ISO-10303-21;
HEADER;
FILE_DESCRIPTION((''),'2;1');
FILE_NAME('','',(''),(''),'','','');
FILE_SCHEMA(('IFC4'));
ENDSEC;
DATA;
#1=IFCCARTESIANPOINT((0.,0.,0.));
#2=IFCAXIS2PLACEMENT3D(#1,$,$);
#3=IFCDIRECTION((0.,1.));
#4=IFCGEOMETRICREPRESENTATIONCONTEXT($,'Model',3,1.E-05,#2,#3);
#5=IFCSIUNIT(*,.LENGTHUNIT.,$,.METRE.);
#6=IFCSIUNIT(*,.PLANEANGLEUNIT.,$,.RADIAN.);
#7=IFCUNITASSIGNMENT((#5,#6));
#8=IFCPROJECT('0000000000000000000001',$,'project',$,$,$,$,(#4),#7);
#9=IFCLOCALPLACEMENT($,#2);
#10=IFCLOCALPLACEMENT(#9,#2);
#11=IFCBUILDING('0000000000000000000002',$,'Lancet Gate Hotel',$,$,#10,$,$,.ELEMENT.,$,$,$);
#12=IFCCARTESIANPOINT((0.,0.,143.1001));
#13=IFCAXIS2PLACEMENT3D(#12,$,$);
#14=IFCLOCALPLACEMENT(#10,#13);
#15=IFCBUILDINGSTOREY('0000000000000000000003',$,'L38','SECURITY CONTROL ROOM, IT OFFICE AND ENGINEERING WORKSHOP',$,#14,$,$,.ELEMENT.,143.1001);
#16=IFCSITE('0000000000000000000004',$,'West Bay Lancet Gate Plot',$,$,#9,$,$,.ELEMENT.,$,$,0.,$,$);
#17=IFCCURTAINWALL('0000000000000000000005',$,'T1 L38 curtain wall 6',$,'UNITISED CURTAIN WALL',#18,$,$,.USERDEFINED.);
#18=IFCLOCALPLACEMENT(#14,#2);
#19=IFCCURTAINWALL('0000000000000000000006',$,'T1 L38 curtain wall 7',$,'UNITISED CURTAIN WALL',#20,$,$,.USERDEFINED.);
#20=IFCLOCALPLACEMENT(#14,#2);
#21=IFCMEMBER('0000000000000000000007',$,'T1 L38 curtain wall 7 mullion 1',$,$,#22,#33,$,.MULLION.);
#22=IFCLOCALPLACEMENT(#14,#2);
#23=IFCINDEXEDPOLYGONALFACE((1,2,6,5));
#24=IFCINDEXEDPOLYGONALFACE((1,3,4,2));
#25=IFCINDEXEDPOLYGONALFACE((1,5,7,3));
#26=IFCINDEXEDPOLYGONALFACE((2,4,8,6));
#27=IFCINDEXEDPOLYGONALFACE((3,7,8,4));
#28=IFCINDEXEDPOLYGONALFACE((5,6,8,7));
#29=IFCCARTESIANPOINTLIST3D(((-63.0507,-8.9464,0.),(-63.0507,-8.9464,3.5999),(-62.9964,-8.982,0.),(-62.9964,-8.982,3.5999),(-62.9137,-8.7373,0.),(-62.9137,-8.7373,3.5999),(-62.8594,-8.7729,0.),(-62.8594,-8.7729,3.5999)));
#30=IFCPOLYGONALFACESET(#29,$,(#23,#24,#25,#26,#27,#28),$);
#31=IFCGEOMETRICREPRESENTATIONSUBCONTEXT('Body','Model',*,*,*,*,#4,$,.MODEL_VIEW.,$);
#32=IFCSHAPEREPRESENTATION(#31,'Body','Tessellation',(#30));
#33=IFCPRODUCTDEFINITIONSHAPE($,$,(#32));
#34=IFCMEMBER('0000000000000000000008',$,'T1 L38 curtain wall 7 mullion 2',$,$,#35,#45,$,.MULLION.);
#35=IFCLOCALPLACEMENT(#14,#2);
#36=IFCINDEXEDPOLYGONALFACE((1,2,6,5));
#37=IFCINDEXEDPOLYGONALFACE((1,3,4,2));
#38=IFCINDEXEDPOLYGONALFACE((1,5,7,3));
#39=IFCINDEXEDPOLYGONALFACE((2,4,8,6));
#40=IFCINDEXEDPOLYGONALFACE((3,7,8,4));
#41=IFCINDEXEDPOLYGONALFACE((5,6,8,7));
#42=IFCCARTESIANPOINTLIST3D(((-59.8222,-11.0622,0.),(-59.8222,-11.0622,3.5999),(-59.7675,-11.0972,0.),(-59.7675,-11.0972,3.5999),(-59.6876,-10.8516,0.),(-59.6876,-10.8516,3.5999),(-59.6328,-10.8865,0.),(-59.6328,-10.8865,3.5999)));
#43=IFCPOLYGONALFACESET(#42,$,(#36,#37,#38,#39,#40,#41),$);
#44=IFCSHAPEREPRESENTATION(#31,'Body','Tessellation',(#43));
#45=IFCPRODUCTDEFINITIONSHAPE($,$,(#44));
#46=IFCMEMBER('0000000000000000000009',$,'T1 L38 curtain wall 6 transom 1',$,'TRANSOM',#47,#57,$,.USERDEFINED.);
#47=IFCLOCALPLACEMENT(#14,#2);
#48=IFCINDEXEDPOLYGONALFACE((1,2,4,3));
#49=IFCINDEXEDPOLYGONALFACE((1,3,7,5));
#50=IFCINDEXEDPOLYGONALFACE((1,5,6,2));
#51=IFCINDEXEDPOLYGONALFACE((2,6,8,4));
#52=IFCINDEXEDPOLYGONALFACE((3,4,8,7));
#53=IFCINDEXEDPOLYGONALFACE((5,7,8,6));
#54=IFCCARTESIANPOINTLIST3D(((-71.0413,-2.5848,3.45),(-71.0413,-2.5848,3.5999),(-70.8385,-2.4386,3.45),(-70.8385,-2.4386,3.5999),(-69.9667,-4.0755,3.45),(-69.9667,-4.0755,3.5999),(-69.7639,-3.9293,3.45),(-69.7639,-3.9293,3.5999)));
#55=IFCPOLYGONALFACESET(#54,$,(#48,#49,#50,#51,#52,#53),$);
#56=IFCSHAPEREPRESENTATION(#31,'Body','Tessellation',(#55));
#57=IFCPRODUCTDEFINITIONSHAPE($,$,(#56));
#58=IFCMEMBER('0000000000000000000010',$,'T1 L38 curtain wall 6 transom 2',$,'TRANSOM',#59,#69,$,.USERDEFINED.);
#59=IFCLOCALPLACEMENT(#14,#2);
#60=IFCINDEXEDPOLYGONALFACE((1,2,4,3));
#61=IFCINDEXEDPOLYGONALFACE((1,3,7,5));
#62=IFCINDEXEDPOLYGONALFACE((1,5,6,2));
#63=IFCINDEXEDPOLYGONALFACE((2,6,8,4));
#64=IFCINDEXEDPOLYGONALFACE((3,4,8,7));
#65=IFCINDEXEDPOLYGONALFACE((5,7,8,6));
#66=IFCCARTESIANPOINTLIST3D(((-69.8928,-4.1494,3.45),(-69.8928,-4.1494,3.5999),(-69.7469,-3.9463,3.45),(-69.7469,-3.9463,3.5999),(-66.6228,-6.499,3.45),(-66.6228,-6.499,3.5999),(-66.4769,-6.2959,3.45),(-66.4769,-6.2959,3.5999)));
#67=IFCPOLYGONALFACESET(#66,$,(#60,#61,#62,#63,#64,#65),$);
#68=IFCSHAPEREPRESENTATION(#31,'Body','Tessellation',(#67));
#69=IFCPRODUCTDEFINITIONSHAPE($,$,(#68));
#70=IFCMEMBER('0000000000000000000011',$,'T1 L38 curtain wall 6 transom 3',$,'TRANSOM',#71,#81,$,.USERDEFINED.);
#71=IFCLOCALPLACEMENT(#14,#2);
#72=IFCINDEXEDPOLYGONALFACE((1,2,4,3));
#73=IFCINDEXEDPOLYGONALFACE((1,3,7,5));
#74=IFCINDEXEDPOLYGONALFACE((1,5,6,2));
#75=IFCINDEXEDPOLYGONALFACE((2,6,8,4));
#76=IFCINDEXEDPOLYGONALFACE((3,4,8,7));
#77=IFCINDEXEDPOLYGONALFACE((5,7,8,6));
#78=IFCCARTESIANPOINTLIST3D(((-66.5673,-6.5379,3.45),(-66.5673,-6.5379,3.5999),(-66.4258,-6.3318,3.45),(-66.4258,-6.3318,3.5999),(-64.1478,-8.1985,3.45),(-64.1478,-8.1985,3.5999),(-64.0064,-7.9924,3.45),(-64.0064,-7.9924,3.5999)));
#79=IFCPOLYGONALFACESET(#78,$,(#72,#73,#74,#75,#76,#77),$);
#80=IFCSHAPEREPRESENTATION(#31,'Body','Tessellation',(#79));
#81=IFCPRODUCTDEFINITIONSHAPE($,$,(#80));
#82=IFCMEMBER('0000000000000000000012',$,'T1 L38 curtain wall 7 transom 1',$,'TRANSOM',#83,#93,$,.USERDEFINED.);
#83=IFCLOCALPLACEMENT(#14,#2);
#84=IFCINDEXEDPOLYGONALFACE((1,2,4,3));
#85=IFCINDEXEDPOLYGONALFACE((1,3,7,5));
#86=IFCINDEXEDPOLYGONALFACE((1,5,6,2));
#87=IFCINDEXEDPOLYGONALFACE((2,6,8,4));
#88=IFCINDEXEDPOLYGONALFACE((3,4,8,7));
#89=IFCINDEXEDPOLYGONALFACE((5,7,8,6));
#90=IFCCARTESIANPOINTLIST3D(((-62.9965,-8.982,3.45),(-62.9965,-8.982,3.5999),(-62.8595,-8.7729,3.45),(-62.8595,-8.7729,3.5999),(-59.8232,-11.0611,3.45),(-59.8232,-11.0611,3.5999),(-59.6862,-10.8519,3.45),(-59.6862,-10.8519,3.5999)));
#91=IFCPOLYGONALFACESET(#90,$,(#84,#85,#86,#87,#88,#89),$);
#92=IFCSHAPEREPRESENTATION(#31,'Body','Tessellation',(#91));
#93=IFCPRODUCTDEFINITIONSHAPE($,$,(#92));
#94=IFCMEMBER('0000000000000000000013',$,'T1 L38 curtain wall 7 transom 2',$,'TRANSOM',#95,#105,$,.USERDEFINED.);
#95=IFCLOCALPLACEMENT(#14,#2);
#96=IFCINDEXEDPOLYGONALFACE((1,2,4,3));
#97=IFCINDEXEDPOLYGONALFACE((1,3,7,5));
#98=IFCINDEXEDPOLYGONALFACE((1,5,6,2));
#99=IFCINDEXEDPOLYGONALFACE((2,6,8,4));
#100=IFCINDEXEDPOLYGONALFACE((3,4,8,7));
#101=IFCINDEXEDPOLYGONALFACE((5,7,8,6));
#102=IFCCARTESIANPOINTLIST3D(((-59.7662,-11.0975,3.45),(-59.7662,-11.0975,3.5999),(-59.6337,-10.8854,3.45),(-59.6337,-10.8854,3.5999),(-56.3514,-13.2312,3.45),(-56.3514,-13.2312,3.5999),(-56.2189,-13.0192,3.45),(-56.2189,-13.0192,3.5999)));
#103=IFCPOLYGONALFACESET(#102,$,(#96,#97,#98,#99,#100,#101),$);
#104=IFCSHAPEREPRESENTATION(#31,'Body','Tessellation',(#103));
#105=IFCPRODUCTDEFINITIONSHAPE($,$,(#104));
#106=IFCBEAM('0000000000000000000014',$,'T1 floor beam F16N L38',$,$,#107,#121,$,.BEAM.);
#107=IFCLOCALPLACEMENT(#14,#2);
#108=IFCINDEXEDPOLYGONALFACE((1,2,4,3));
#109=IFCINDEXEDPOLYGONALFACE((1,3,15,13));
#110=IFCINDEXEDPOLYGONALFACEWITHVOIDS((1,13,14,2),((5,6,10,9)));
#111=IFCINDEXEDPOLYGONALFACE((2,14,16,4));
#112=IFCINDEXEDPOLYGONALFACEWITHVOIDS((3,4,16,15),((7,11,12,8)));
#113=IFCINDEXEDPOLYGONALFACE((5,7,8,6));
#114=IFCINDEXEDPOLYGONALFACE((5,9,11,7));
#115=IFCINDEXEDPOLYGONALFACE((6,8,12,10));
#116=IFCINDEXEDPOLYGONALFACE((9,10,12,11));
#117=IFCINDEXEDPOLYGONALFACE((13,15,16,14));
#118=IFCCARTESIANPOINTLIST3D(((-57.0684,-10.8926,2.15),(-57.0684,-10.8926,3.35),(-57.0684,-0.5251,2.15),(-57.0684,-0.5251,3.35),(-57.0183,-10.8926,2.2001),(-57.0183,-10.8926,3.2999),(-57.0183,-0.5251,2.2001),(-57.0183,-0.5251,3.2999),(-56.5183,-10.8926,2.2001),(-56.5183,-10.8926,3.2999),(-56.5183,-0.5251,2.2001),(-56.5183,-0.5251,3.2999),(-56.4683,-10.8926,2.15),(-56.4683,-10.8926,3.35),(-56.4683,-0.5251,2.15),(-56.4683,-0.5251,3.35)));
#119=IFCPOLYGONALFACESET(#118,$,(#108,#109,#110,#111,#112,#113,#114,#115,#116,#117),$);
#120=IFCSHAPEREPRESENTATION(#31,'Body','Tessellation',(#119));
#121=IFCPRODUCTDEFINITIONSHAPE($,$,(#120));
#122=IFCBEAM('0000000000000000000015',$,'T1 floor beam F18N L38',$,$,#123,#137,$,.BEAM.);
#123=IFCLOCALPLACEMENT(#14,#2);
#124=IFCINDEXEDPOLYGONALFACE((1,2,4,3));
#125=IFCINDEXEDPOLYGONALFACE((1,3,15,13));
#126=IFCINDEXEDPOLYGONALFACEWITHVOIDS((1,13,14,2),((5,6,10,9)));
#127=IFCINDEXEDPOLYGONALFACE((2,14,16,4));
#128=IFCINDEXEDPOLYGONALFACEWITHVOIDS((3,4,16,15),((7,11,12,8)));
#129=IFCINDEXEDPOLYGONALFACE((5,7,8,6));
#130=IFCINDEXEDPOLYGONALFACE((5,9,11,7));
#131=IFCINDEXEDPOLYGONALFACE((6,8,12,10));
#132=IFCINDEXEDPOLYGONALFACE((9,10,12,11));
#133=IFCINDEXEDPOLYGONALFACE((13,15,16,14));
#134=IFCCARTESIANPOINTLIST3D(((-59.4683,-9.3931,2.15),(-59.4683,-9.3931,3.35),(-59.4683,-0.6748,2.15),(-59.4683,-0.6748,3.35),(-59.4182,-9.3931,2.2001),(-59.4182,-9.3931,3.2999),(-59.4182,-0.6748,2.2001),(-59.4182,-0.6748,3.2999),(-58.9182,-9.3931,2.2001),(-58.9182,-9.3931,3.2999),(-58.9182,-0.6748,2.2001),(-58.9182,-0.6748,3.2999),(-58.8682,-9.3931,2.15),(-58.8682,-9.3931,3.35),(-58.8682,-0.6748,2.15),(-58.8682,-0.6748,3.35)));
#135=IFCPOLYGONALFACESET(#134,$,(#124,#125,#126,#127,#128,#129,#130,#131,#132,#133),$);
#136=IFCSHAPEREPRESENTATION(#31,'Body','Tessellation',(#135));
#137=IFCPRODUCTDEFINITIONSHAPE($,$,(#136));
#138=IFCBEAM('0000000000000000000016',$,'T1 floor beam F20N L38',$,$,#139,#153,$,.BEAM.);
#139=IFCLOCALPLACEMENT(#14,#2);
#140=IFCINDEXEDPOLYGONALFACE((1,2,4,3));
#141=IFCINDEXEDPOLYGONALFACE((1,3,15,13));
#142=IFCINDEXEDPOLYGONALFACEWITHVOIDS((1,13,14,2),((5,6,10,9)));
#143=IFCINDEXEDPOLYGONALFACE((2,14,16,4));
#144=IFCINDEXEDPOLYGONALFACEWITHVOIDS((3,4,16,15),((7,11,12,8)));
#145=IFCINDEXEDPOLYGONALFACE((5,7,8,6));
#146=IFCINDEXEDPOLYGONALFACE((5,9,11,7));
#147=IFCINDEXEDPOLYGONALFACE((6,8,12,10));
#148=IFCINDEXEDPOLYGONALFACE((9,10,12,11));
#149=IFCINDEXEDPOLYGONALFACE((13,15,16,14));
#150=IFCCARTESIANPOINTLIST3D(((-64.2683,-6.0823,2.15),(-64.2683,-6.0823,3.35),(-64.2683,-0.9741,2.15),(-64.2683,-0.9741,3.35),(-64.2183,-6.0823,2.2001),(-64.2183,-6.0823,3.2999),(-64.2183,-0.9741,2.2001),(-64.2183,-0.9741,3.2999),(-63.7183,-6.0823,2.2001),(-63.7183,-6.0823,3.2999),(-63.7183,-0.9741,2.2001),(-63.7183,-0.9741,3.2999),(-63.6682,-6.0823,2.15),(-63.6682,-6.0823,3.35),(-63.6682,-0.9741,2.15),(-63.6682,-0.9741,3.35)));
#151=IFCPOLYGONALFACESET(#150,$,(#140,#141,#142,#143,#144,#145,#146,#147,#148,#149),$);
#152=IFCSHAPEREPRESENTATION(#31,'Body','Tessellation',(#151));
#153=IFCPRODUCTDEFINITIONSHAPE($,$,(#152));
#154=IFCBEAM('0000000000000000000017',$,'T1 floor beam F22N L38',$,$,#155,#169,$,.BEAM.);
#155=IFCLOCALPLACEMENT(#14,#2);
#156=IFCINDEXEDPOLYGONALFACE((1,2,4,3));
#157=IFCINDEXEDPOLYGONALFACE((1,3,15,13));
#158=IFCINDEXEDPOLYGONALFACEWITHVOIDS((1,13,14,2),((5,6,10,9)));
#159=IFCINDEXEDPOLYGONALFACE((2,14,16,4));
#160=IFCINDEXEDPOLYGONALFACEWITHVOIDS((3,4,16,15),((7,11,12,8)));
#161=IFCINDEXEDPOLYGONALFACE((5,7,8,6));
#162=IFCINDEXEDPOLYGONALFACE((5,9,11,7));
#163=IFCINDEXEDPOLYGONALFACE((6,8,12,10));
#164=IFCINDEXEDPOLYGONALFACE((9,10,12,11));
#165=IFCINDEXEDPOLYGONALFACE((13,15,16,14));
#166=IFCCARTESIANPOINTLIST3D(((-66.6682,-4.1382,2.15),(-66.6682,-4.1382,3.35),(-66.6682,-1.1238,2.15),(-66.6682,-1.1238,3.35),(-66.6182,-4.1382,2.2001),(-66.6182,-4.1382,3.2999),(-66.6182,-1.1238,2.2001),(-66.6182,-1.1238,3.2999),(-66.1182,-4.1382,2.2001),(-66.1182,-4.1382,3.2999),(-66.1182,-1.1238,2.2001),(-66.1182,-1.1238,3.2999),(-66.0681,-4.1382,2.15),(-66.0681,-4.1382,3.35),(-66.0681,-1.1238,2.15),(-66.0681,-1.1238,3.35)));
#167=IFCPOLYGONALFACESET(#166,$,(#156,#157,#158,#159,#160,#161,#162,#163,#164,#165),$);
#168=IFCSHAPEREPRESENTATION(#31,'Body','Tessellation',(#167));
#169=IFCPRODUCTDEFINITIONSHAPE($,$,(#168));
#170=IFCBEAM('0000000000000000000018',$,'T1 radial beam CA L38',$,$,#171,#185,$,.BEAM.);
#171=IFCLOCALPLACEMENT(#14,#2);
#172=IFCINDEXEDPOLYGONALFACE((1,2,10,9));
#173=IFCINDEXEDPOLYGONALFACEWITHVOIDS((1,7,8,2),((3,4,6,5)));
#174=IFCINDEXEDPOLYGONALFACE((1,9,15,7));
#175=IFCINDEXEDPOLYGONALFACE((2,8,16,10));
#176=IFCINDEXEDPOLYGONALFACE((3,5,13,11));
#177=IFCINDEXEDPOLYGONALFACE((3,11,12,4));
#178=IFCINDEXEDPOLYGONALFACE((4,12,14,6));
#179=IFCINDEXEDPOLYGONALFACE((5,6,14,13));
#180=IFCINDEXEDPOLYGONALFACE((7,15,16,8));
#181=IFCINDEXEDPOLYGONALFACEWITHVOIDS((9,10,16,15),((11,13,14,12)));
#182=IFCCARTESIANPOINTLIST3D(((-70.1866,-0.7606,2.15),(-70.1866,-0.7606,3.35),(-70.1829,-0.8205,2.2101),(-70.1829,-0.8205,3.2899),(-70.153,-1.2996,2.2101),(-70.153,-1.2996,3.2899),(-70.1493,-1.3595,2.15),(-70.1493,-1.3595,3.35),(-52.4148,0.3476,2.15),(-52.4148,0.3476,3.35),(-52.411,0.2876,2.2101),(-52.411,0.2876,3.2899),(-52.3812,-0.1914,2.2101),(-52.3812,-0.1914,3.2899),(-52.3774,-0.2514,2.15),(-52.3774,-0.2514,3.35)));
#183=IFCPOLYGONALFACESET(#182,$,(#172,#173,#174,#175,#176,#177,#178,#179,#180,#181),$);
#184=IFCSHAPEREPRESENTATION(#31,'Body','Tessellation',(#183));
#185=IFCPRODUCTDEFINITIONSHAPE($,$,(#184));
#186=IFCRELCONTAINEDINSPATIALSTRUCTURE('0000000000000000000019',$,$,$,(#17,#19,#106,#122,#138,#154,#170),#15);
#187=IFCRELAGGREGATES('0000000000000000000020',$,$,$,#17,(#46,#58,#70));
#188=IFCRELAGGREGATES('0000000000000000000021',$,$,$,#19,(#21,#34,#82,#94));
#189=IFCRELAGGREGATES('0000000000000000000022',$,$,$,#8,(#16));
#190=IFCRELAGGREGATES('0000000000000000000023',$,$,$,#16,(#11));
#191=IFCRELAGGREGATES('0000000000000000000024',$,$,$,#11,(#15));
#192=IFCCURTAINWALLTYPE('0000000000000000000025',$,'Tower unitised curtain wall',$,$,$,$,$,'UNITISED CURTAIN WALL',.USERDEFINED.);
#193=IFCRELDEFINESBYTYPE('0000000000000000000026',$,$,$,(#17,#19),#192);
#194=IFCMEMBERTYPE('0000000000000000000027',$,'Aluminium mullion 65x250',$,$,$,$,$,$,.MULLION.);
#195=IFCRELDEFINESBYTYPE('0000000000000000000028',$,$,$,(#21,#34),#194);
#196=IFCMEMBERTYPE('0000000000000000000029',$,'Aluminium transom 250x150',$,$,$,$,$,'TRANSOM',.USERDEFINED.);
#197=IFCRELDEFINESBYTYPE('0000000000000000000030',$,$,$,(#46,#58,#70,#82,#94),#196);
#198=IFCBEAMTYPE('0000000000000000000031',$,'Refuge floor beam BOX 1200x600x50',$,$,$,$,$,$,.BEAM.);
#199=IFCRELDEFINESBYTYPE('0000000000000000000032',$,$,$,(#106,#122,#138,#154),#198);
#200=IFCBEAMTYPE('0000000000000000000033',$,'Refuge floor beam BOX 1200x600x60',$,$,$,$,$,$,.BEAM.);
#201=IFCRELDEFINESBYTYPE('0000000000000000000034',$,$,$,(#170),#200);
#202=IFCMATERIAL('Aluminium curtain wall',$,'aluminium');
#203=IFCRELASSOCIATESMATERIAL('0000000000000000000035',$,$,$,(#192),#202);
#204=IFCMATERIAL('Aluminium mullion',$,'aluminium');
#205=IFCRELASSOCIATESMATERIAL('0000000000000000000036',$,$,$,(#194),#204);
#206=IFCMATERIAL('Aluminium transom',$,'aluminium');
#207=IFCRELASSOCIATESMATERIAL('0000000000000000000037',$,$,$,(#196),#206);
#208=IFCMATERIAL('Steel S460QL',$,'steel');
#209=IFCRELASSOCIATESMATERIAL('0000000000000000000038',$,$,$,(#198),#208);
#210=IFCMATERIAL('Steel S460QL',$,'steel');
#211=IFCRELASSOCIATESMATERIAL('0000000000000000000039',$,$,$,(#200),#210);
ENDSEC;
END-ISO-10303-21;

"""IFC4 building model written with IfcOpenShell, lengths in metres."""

from ifc_helpers import new_model, si_unit, direction, frame, origin, origin_2d, place, context, subcontext, project, spatial, rectangle, hollow_rectangle, extrude, material, material_profile, profile_set, type_object, element, aggregate, save


model = new_model("IFC4")

# Units and contexts
model_context = context("Model", 3, precision=1e-05, world=origin(), true_north=direction((0.0, 1.0)))
body_context = subcontext(model_context, "Body", "Model", "MODEL_VIEW")
ifc_project = project(units=[si_unit("LENGTHUNIT", "METRE"), si_unit("PLANEANGLEUNIT", "RADIAN")], contexts=[model_context])

# Site, building, storey
site_placement = place(None, origin())
site = spatial("IfcSite", under=ifc_project, at=site_placement, Name="West Bay Lancet Gate Plot", CompositionType="ELEMENT", RefElevation=0.0)
building_placement = place(site_placement, origin())
building = spatial("IfcBuilding", under=site, at=building_placement, Name="Lancet Gate Hotel", CompositionType="ELEMENT")
storey_placement = place(building_placement, frame((0.0, 0.0, 143.1001)))
storey = spatial("IfcBuildingStorey", under=building, at=storey_placement, Name="L38", Description="SECURITY CONTROL ROOM, IT OFFICE AND ENGINEERING WORKSHOP", CompositionType="ELEMENT", Elevation=143.1001)

# Shared definitions
ifc_material_1 = material(Name="Aluminium curtain wall", Category="aluminium")
curtain_wall_type = type_object("IfcCurtainWallType", Name="Tower unitised curtain wall", ElementType="UNITISED CURTAIN WALL", PredefinedType="USERDEFINED", material=ifc_material_1)
ifc_material_2 = material(Name="Aluminium mullion", Category="aluminium")
ifc_material_profile_1 = material_profile(ifc_material_2, rectangle(XDim=0.0649, YDim=0.25, at=origin_2d()), Name="MULLION 65x250")
ifc_profile_set_1 = profile_set([ifc_material_profile_1], Name="Aluminium mullion")
member_type_1 = type_object("IfcMemberType", Name="Aluminium mullion 65x250", PredefinedType="MULLION", material=ifc_profile_set_1)

# Curtain walls, members
curtain_wall_1_placement = place(storey_placement, origin())
curtain_wall_1 = element("IfcCurtainWall", 1, at=curtain_wall_1_placement, inside=storey, type_object=curtain_wall_type, Name="T1 L38 curtain wall 6", ObjectType="UNITISED CURTAIN WALL", PredefinedType="USERDEFINED")
curtain_wall_2_placement = place(storey_placement, origin())
curtain_wall_2 = element("IfcCurtainWall", 2, at=curtain_wall_2_placement, inside=storey, type_object=curtain_wall_type, Name="T1 L38 curtain wall 7", ObjectType="UNITISED CURTAIN WALL", PredefinedType="USERDEFINED")
member_1_placement = place(storey_placement, frame((-62.9551, -8.8596, 0.0), z_axis=(0.0, 0.0, 1.0), x_axis=(0.836458, -0.548032, 0.0)))
member_1 = element("IfcMember", 3, at=member_1_placement, type_object=member_type_1, Name="T1 L38 curtain wall 7 mullion 1", PredefinedType="MULLION", context=body_context, shape_type="SweptSolid", body=[
    extrude(rectangle(XDim=0.0649, YDim=0.25, at=origin_2d()), origin(), (0.0, 0.0, 1.0), 3.5999),
])
member_2_placement = place(storey_placement, frame((-59.7275, -10.9744, 0.0), z_axis=(0.0, 0.0, 1.0), x_axis=(0.842478, -0.538731, 0.0)))
member_2 = element("IfcMember", 4, at=member_2_placement, type_object=member_type_1, Name="T1 L38 curtain wall 7 mullion 2", PredefinedType="MULLION", context=body_context, shape_type="SweptSolid", body=[
    extrude(rectangle(XDim=0.0649, YDim=0.25, at=origin_2d()), origin(), (0.0, 0.0, 1.0), 3.5999),
])

# Members
ifc_material_3 = material(Name="Aluminium transom", Category="aluminium")
ifc_material_profile_2 = material_profile(ifc_material_3, rectangle(XDim=0.25, YDim=0.1499, at=origin_2d()), Name="TRANSOM 250x150")
ifc_profile_set_2 = profile_set([ifc_material_profile_2], Name="Aluminium transom")
member_type_2 = type_object("IfcMemberType", Name="Aluminium transom 250x150", ElementType="TRANSOM", PredefinedType="USERDEFINED", material=ifc_profile_set_2)
member_3_placement = place(storey_placement, frame((-70.9399, -2.5117, 3.5249), z_axis=(0.584802, -0.811176, 0.0), x_axis=(0.811176, 0.584802, 0.0)))
member_3 = element("IfcMember", 5, at=member_3_placement, type_object=member_type_2, Name="T1 L38 curtain wall 6 transom 1", ObjectType="TRANSOM", PredefinedType="USERDEFINED", context=body_context, shape_type="SweptSolid", body=[
    extrude(rectangle(XDim=0.25, YDim=0.1499, at=origin_2d()), origin(), (0.0, 0.0, 1.0), 1.8376),
])
member_4_placement = place(storey_placement, frame((-69.8198, -4.0479, 3.5249), z_axis=(0.8121, -0.583519, 0.0), x_axis=(0.583519, 0.8121, 0.0)))
member_4 = element("IfcMember", 6, at=member_4_placement, type_object=member_type_2, Name="T1 L38 curtain wall 6 transom 2", ObjectType="TRANSOM", PredefinedType="USERDEFINED", context=body_context, shape_type="SweptSolid", body=[
    extrude(rectangle(XDim=0.25, YDim=0.1499, at=origin_2d()), origin(), (0.0, 0.0, 1.0), 4.0266),
])
member_5_placement = place(storey_placement, frame((-66.4966, -6.4348, 3.5249), z_axis=(0.824474, -0.5659, 0.0), x_axis=(0.5659, 0.824474, 0.0)))
member_5 = element("IfcMember", 7, at=member_5_placement, type_object=member_type_2, Name="T1 L38 curtain wall 6 transom 3", ObjectType="TRANSOM", PredefinedType="USERDEFINED", context=body_context, shape_type="SweptSolid", body=[
    extrude(rectangle(XDim=0.25, YDim=0.1499, at=origin_2d()), origin(), (0.0, 0.0, 1.0), 2.9346),
])
member_6_placement = place(storey_placement, frame((-62.928, -8.8774, 3.5249), z_axis=(0.836459, -0.548029, 0.0), x_axis=(0.548029, 0.836459, 0.0)))
member_6 = element("IfcMember", 8, at=member_6_placement, type_object=member_type_2, Name="T1 L38 curtain wall 7 transom 1", ObjectType="TRANSOM", PredefinedType="USERDEFINED", context=body_context, shape_type="SweptSolid", body=[
    extrude(rectangle(XDim=0.25, YDim=0.1499, at=origin_2d()), origin(), (0.0, 0.0, 1.0), 3.7937),
])
member_7_placement = place(storey_placement, frame((-59.7, -10.9915, 3.5249), z_axis=(0.848049, -0.529917, 0.0), x_axis=(0.529917, 0.848049, 0.0)))
member_7 = element("IfcMember", 9, at=member_7_placement, type_object=member_type_2, Name="T1 L38 curtain wall 7 transom 2", ObjectType="TRANSOM", PredefinedType="USERDEFINED", context=body_context, shape_type="SweptSolid", body=[
    extrude(rectangle(XDim=0.25, YDim=0.1499, at=origin_2d()), origin(), (0.0, 0.0, 1.0), 4.0266),
])

# Beams
ifc_material_4 = material(Name="Steel S460QL", Category="steel")
ifc_material_profile_3 = material_profile(ifc_material_4, hollow_rectangle(XDim=0.6001, YDim=1.2, WallThickness=0.05, at=origin_2d()), Name="BOX 1200x600x50")
ifc_profile_set_3 = profile_set([ifc_material_profile_3], Name="Steel S460QL")
beam_type_1 = type_object("IfcBeamType", Name="Refuge floor beam BOX 1200x600x50", PredefinedType="BEAM", material=ifc_profile_set_3)
beam_1_placement = place(storey_placement, frame((-56.7683, -0.5251, 2.75), z_axis=(0.0, -1.0, 0.0), x_axis=(1.0, 0.0, 0.0)))
element("IfcBeam", 10, at=beam_1_placement, inside=storey, type_object=beam_type_1, Name="T1 floor beam F16N L38", PredefinedType="BEAM", context=body_context, shape_type="SweptSolid", body=[
    extrude(hollow_rectangle(XDim=0.6001, YDim=1.2, WallThickness=0.05, at=origin_2d()), origin(), (0.0, 0.0, 1.0), 10.3674),
])
beam_2_placement = place(storey_placement, frame((-59.1682, -0.6748, 2.75), z_axis=(0.0, -1.0, 0.0), x_axis=(1.0, 0.0, 0.0)))
element("IfcBeam", 11, at=beam_2_placement, inside=storey, type_object=beam_type_1, Name="T1 floor beam F18N L38", PredefinedType="BEAM", context=body_context, shape_type="SweptSolid", body=[
    extrude(hollow_rectangle(XDim=0.6001, YDim=1.2, WallThickness=0.05, at=origin_2d()), origin(), (0.0, 0.0, 1.0), 8.7183),
])
beam_3_placement = place(storey_placement, frame((-63.9683, -0.9741, 2.75), z_axis=(0.0, -1.0, 0.0), x_axis=(1.0, 0.0, 0.0)))
element("IfcBeam", 12, at=beam_3_placement, inside=storey, type_object=beam_type_1, Name="T1 floor beam F20N L38", PredefinedType="BEAM", context=body_context, shape_type="SweptSolid", body=[
    extrude(hollow_rectangle(XDim=0.6001, YDim=1.2, WallThickness=0.05, at=origin_2d()), origin(), (0.0, 0.0, 1.0), 5.1082),
])
beam_4_placement = place(storey_placement, frame((-66.3682, -1.1238, 2.75), z_axis=(0.0, -1.0, 0.0), x_axis=(1.0, 0.0, 0.0)))
element("IfcBeam", 13, at=beam_4_placement, inside=storey, type_object=beam_type_1, Name="T1 floor beam F22N L38", PredefinedType="BEAM", context=body_context, shape_type="SweptSolid", body=[
    extrude(hollow_rectangle(XDim=0.6001, YDim=1.2, WallThickness=0.05, at=origin_2d()), origin(), (0.0, 0.0, 1.0), 3.0144),
])
ifc_material_5 = material(Name="Steel S460QL", Category="steel")
ifc_material_profile_4 = material_profile(ifc_material_5, hollow_rectangle(XDim=0.6001, YDim=1.2, WallThickness=0.0601, at=origin_2d()), Name="BOX 1200x600x60")
ifc_profile_set_4 = profile_set([ifc_material_profile_4], Name="Steel S460QL")
beam_type_2 = type_object("IfcBeamType", Name="Refuge floor beam BOX 1200x600x60", PredefinedType="BEAM", material=ifc_profile_set_4)
beam_5_placement = place(storey_placement, frame((-70.168, -1.0601, 2.75), z_axis=(0.998062, 0.062233, 0.0), x_axis=(-0.062233, 0.998062, 0.0)))
element("IfcBeam", 14, at=beam_5_placement, inside=storey, type_object=beam_type_2, Name="T1 radial beam CA L38", PredefinedType="BEAM", context=body_context, shape_type="SweptSolid", body=[
    extrude(hollow_rectangle(XDim=0.6001, YDim=1.2, WallThickness=0.0601, at=origin_2d()), origin(), (0.0, 0.0, 1.0), 17.8064),
])

aggregate(curtain_wall_1, [member_3, member_4, member_5])
aggregate(curtain_wall_2, [member_1, member_2, member_6, member_7])

save(model, "model.ifc")
